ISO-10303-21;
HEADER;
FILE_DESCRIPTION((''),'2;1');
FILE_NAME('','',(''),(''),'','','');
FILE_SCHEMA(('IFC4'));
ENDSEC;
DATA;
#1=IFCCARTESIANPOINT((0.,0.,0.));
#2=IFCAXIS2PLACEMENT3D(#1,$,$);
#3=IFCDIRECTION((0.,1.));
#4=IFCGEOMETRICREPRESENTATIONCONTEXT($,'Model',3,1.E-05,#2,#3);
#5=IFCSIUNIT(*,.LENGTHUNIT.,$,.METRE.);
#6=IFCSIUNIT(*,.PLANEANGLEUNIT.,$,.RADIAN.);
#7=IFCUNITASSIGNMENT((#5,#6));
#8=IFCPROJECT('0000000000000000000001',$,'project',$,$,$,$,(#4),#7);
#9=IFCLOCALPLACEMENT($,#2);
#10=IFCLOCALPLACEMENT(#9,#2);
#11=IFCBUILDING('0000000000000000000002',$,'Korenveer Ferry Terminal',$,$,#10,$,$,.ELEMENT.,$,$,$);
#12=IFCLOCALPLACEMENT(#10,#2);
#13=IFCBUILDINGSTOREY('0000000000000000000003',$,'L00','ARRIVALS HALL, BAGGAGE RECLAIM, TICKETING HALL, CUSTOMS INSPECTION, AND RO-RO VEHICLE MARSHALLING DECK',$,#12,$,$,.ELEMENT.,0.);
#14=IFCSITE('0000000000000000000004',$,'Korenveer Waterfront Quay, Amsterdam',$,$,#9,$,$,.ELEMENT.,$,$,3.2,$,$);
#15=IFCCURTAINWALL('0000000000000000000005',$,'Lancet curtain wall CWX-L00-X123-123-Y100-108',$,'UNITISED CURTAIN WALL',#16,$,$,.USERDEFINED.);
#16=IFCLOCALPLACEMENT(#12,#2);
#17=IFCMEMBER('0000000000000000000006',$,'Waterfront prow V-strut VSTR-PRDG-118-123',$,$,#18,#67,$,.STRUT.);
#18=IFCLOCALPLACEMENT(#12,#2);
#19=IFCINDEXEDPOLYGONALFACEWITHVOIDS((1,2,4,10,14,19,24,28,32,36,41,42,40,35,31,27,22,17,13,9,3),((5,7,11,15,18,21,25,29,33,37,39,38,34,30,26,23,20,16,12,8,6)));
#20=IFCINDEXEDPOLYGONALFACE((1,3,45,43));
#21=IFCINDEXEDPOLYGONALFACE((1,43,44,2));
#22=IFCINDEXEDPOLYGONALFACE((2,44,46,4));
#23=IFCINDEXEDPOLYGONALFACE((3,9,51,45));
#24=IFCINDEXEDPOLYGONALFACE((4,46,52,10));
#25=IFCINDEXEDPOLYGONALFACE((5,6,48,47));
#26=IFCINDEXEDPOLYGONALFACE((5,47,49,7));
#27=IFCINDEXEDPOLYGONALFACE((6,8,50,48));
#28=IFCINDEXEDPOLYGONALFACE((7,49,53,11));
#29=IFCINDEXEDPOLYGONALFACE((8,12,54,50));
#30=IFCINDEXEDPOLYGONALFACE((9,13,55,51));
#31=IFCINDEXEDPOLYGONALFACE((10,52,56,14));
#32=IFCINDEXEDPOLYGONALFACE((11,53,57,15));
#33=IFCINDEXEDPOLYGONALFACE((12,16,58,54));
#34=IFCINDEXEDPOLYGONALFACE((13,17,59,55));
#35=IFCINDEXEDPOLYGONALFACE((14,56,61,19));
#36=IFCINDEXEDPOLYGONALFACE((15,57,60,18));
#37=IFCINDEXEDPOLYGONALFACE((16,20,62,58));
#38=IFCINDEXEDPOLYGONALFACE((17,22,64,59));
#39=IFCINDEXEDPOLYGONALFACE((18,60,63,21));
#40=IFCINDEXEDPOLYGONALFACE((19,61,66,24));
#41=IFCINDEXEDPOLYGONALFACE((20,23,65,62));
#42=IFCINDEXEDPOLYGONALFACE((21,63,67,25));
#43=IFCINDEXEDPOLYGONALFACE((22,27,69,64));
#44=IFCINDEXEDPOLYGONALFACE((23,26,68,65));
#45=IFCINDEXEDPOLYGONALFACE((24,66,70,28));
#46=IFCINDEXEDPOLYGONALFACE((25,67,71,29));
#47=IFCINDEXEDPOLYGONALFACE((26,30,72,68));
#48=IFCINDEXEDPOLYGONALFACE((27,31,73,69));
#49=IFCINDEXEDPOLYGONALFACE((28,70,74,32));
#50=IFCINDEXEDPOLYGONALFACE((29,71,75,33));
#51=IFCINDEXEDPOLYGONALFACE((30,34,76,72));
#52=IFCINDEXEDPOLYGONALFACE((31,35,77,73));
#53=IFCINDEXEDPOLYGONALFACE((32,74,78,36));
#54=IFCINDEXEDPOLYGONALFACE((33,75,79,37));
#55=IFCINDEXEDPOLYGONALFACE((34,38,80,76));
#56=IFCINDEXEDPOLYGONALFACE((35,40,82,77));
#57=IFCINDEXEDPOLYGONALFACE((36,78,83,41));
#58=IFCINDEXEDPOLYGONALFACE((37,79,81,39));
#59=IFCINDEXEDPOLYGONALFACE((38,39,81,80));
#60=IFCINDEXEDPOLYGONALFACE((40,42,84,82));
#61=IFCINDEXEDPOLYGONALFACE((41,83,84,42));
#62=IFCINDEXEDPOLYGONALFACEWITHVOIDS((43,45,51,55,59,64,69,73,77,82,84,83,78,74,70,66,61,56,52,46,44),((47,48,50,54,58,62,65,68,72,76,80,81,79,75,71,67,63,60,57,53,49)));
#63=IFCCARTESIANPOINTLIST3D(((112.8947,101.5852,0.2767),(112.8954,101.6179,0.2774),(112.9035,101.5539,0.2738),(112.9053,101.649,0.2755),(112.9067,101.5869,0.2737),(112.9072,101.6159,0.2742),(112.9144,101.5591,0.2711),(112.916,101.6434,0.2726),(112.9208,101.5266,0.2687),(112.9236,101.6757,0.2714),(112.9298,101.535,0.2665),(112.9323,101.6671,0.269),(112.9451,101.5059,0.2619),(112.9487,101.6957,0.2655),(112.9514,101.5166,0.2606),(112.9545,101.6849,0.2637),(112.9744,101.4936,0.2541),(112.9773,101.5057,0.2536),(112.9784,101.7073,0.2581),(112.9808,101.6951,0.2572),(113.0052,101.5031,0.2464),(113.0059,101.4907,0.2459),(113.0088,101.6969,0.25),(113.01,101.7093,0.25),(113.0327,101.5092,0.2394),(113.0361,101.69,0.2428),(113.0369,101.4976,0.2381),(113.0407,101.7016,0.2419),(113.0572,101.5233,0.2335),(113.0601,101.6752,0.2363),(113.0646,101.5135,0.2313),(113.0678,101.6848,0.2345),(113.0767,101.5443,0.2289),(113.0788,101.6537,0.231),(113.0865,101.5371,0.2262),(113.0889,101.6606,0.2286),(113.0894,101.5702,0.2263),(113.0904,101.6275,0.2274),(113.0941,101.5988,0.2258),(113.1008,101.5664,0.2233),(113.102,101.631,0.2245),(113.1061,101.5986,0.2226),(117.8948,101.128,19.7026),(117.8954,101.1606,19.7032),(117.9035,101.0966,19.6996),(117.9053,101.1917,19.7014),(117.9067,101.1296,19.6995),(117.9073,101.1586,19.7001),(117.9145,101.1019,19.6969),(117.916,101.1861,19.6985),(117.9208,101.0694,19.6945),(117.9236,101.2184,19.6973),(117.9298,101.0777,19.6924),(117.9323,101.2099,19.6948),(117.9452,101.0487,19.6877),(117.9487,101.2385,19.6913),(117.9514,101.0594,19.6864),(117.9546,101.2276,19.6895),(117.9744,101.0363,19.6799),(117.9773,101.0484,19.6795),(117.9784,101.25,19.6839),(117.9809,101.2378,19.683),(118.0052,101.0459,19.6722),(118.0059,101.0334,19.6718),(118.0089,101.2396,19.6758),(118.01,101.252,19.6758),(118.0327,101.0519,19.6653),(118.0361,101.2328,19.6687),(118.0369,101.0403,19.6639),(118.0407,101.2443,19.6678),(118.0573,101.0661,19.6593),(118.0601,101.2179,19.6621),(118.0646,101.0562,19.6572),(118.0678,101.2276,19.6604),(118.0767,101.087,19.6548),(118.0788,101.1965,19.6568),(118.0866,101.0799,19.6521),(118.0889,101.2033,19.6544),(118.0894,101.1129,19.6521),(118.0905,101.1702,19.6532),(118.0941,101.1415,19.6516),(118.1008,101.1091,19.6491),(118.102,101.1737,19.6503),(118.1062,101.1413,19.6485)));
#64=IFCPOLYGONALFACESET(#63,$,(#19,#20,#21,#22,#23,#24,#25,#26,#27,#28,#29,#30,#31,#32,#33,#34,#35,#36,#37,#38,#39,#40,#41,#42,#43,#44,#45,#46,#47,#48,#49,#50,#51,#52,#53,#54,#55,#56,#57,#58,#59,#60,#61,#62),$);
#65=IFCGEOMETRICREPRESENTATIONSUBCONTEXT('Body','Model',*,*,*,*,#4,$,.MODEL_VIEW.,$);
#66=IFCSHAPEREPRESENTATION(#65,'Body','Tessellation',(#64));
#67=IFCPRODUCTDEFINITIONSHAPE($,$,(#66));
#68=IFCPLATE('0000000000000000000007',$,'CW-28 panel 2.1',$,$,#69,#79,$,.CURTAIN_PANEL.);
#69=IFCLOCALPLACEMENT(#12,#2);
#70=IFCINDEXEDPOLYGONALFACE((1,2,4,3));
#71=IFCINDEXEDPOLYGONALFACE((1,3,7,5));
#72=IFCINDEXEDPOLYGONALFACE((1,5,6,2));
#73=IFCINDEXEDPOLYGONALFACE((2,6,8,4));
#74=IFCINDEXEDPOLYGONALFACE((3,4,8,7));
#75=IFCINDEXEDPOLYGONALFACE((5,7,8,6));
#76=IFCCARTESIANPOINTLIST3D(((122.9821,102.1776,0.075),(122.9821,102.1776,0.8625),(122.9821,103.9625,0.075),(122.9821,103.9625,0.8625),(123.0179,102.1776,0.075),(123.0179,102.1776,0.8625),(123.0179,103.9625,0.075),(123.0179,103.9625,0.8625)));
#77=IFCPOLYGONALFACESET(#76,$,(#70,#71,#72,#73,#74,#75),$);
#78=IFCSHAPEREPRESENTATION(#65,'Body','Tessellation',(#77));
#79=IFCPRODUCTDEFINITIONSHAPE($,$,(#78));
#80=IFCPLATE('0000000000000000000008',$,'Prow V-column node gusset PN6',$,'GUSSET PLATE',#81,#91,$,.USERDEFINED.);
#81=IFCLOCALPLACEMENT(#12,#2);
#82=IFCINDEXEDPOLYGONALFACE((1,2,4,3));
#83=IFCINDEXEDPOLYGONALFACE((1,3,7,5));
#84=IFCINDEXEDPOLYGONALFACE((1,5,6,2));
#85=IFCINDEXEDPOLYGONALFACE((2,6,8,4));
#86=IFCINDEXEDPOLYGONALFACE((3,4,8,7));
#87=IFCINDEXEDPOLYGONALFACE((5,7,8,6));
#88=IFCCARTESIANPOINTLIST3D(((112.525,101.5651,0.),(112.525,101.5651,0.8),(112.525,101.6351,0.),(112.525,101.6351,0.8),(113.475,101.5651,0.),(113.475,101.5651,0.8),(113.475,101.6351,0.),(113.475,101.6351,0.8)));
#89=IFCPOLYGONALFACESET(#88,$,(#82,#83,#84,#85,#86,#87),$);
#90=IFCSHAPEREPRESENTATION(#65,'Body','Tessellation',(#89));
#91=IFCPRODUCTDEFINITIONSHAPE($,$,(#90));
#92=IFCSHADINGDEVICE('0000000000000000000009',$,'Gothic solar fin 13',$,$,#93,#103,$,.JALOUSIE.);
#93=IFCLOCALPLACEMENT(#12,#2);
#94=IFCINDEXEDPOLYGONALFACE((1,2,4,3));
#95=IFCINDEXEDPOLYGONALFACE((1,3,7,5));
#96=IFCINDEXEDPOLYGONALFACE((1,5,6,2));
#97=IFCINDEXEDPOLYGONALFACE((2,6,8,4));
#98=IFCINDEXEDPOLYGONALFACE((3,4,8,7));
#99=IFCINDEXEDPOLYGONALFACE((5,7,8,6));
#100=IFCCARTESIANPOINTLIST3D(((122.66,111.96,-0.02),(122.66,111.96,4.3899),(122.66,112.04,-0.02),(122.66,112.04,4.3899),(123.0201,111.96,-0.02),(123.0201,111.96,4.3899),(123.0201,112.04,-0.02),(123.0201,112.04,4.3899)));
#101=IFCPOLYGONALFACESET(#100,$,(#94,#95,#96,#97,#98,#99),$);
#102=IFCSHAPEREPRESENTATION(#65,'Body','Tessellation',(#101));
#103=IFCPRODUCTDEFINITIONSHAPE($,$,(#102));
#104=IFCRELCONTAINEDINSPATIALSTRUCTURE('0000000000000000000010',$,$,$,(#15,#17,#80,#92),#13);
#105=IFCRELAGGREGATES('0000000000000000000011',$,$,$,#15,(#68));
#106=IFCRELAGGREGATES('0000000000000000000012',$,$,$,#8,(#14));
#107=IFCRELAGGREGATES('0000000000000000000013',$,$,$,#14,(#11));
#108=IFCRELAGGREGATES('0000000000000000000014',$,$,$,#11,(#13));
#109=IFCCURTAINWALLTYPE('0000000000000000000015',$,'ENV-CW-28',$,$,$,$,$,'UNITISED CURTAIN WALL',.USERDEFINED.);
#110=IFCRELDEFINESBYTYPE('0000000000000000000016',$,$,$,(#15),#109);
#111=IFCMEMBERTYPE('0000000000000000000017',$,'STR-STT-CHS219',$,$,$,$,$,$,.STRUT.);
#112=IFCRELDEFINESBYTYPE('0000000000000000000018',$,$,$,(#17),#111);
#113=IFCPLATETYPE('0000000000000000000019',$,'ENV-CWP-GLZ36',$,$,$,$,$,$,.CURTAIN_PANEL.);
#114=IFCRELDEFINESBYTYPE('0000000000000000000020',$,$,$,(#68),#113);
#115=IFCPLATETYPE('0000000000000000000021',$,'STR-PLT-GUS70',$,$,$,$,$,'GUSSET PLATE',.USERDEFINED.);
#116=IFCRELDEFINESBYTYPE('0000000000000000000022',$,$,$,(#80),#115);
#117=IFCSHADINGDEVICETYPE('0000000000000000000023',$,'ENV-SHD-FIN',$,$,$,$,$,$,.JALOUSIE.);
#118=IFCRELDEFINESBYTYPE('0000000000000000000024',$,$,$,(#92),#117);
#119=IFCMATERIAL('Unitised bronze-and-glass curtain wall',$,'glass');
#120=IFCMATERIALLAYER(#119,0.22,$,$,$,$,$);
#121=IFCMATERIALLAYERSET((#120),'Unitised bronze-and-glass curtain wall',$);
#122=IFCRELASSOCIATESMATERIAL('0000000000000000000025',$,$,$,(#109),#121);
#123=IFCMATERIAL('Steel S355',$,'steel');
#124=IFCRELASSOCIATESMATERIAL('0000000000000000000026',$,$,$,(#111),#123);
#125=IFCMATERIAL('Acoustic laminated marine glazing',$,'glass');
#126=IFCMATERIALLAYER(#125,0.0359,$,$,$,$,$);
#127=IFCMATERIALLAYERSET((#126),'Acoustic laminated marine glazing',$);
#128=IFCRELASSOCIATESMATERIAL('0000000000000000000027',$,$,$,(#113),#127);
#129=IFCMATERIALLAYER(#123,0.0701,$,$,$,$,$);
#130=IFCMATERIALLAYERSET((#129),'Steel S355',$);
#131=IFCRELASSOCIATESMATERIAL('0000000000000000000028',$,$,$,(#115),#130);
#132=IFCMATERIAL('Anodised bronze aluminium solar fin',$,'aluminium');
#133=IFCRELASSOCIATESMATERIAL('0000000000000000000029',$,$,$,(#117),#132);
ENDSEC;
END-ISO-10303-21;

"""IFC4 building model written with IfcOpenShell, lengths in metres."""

from ifc_helpers import new_model, si_unit, direction, frame, origin, origin_2d, place, context, subcontext, project, spatial, rectangle, hollow_circle, extrude, material, layer, layer_set, material_profile, profile_set, type_object, element, aggregate, save


model = new_model("IFC4")

# Units and contexts
model_context = context("Model", 3, precision=1e-05, world=origin(), true_north=direction((0.0, 1.0)))
body_context = subcontext(model_context, "Body", "Model", "MODEL_VIEW")
ifc_project = project(units=[si_unit("LENGTHUNIT", "METRE"), si_unit("PLANEANGLEUNIT", "RADIAN")], contexts=[model_context])

# Site, building, storey
site_placement = place(None, origin())
site = spatial("IfcSite", under=ifc_project, at=site_placement, Name="Korenveer Waterfront Quay, Amsterdam", CompositionType="ELEMENT", RefElevation=3.2)
building_placement = place(site_placement, origin())
building = spatial("IfcBuilding", under=site, at=building_placement, Name="Korenveer Ferry Terminal", CompositionType="ELEMENT")
storey_placement = place(building_placement, origin())
storey = spatial("IfcBuildingStorey", under=building, at=storey_placement, Name="L00", Description="ARRIVALS HALL, BAGGAGE RECLAIM, TICKETING HALL, CUSTOMS INSPECTION, AND RO-RO VEHICLE MARSHALLING DECK", CompositionType="ELEMENT", Elevation=0.0)

# Shared definitions
ifc_material_1 = material(Name="Steel S355", Category="steel")

# Curtain wall
ifc_material_2 = material(Name="Unitised bronze-and-glass curtain wall", Category="glass")
ifc_layer_1 = layer(ifc_material_2, 0.22)
ifc_layer_set_1 = layer_set([ifc_layer_1], Name="Unitised bronze-and-glass curtain wall")
curtain_wall_type = type_object("IfcCurtainWallType", Name="ENV-CW-28", ElementType="UNITISED CURTAIN WALL", PredefinedType="USERDEFINED", material=ifc_layer_set_1)
curtain_wall_placement = place(storey_placement, frame((123.0, 100.28, 0.0)))
curtain_wall = element("IfcCurtainWall", 1, at=curtain_wall_placement, inside=storey, type_object=curtain_wall_type, Name="Lancet curtain wall CWX-L00-X123-123-Y100-108", ObjectType="UNITISED CURTAIN WALL", PredefinedType="USERDEFINED")

# Member
ifc_material_profile_1 = material_profile(ifc_material_1, hollow_circle(Radius=0.1096, WallThickness=0.0125, at=origin_2d()), Name="CHS 219.1x12.5")
ifc_profile_set_1 = profile_set([ifc_material_profile_1], Name="Steel S355")
member_type_1 = type_object("IfcMemberType", Name="STR-STT-CHS219", PredefinedType="STRUT", material=ifc_profile_set_1)
member_1_placement = place(storey_placement, frame((113.0, 101.6001, 0.25), z_axis=(0.249201, -0.022791, 0.968184), x_axis=(0.091075, 0.995844, 0.0)))
element("IfcMember", 2, at=member_1_placement, inside=storey, type_object=member_type_1, Name="Waterfront prow V-strut VSTR-PRDG-118-123", PredefinedType="STRUT", context=body_context, shape_type="SweptSolid", body=[
    extrude(hollow_circle(Radius=0.1096, WallThickness=0.0125, at=origin_2d()), origin(), (0.0, 0.0, 1.0), 20.0642),
])

# Plates
ifc_material_3 = material(Name="Acoustic laminated marine glazing", Category="glass")
ifc_layer_2 = layer(ifc_material_3, 0.0359)
ifc_layer_set_2 = layer_set([ifc_layer_2], Name="Acoustic laminated marine glazing")
plate_type_1 = type_object("IfcPlateType", Name="ENV-CWP-GLZ36", PredefinedType="CURTAIN_PANEL", material=ifc_layer_set_2)
plate_1_placement = place(storey_placement, frame((123.0, 103.0701, 0.075), z_axis=(0.0, 0.0, 1.0), x_axis=(0.0, 1.0, 0.0)))
plate_1 = element("IfcPlate", 3, at=plate_1_placement, type_object=plate_type_1, Name="CW-28 panel 2.1", PredefinedType="CURTAIN_PANEL", context=body_context, shape_type="SweptSolid", body=[
    extrude(rectangle(XDim=1.7849, YDim=0.0359, at=origin_2d()), origin(), (0.0, 0.0, 1.0), 0.7876),
])
aggregate(curtain_wall, [plate_1])
ifc_layer_3 = layer(ifc_material_1, 0.0701)
ifc_layer_set_3 = layer_set([ifc_layer_3], Name="Steel S355")
plate_type_2 = type_object("IfcPlateType", Name="STR-PLT-GUS70", ElementType="GUSSET PLATE", PredefinedType="USERDEFINED", material=ifc_layer_set_3)
plate_2_placement = place(storey_placement, frame((113.0, 101.6001, 0.0), z_axis=(0.0, 0.0, 1.0), x_axis=(1.0, 0.0, 0.0)))
element("IfcPlate", 4, at=plate_2_placement, inside=storey, type_object=plate_type_2, Name="Prow V-column node gusset PN6", ObjectType="GUSSET PLATE", PredefinedType="USERDEFINED", context=body_context, shape_type="SweptSolid", body=[
    extrude(rectangle(XDim=0.95, YDim=0.0701, at=origin_2d()), origin(), (0.0, 0.0, 1.0), 0.8),
])

# Shading device
ifc_material_4 = material(Name="Anodised bronze aluminium solar fin", Category="aluminium")
shading_device_type = type_object("IfcShadingDeviceType", Name="ENV-SHD-FIN", PredefinedType="JALOUSIE", material=ifc_material_4)
shading_device_placement = place(storey_placement, frame((122.8401, 112.0, -0.02), z_axis=(0.0, 0.0, 1.0), x_axis=(1.0, 0.0, 0.0)))
element("IfcShadingDevice", 5, at=shading_device_placement, inside=storey, type_object=shading_device_type, Name="Gothic solar fin 13", PredefinedType="JALOUSIE", context=body_context, shape_type="SweptSolid", body=[
    extrude(rectangle(XDim=0.3601, YDim=0.0801, at=origin_2d()), origin(), (0.0, 0.0, 1.0), 4.4099),
])

save(model, "model.ifc")
